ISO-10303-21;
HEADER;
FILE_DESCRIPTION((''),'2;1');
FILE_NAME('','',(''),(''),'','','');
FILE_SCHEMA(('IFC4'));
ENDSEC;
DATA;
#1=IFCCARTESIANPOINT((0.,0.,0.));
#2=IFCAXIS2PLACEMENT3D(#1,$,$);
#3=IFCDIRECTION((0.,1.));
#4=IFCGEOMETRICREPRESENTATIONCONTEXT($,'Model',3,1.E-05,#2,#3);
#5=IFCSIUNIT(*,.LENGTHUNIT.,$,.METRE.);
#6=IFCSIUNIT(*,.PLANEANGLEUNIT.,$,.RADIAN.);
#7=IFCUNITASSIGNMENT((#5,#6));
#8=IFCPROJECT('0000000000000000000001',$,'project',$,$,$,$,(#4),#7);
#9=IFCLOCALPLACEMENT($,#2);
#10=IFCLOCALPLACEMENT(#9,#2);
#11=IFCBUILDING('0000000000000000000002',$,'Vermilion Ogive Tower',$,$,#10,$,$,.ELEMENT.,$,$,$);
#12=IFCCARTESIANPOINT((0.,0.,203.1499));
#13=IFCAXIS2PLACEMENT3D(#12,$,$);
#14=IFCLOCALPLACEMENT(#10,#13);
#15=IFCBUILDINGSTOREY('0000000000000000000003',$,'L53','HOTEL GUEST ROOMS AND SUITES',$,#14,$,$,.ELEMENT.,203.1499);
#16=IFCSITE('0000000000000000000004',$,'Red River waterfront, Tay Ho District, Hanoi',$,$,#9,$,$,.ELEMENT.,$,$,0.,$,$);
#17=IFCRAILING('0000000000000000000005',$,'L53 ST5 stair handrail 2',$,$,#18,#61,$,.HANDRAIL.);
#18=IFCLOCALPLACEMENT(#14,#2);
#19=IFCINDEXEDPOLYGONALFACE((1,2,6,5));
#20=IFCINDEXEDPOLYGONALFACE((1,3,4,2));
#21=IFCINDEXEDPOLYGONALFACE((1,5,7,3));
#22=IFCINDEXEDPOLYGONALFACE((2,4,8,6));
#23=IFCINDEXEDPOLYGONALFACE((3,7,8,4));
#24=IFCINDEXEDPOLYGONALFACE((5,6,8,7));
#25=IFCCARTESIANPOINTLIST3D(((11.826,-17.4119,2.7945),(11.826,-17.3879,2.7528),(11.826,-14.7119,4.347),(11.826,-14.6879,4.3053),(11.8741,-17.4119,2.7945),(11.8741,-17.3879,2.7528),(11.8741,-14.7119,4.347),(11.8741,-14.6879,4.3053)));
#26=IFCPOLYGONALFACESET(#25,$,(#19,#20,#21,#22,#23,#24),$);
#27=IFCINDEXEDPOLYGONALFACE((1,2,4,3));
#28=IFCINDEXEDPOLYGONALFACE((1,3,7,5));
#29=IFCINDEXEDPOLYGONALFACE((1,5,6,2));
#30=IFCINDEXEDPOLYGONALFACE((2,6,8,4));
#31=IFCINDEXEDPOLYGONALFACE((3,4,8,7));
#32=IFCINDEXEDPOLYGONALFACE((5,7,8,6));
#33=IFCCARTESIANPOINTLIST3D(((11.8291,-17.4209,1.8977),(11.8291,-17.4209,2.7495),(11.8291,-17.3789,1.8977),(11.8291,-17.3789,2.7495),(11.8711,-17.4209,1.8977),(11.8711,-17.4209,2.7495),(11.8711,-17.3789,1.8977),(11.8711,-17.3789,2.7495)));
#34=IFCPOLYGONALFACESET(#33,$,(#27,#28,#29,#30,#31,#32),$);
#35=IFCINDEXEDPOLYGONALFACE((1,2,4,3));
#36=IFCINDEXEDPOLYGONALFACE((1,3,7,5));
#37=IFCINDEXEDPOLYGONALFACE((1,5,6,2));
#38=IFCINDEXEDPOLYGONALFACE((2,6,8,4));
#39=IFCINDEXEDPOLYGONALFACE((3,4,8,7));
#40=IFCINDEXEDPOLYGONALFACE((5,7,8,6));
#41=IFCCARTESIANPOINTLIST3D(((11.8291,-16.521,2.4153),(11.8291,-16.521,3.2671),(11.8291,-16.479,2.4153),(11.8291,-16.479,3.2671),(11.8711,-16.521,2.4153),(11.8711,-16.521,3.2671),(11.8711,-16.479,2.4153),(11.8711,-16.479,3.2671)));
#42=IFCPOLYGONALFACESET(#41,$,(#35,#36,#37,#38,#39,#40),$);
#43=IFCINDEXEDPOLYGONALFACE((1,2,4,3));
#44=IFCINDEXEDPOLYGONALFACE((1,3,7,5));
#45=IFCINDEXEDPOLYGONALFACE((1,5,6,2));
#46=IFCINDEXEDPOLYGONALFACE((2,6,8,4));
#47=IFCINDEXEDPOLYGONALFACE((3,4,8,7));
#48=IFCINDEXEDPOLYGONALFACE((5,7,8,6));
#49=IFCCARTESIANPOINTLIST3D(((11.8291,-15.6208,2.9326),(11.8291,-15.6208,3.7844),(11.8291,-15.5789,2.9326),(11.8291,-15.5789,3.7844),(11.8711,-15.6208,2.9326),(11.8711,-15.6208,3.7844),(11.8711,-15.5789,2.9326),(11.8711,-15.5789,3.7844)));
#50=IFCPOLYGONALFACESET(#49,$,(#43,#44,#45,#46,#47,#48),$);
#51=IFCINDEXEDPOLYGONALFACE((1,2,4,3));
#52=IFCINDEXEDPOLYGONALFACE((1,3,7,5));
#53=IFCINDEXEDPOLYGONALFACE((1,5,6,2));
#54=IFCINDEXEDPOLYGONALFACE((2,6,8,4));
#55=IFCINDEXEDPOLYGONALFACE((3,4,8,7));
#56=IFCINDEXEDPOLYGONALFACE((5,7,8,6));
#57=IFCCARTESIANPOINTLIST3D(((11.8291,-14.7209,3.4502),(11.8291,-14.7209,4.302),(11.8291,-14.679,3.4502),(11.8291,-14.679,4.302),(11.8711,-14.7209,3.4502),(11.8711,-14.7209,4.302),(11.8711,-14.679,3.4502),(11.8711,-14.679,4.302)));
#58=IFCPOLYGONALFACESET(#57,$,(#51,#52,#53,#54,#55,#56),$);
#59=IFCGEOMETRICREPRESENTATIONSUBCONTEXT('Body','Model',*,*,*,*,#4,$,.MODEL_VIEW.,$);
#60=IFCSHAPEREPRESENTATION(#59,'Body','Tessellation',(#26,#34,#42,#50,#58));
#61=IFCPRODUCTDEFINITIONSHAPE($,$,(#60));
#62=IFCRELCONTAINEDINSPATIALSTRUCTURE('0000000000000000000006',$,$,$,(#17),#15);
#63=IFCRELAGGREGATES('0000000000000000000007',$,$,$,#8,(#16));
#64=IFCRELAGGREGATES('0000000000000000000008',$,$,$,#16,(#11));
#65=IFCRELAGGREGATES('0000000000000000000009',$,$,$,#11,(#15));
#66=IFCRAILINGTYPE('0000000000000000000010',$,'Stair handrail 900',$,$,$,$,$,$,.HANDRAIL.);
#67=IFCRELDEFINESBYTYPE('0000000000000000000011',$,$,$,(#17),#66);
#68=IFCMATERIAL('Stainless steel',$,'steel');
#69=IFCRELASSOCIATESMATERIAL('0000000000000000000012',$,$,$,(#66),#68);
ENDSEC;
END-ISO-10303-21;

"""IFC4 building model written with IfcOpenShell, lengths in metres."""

from ifc_helpers import new_model, si_unit, direction, frame, origin, origin_2d, place, context, subcontext, project, spatial, rectangle, extrude, material, type_object, element, save


model = new_model("IFC4")

# Units and contexts
model_context = context("Model", 3, precision=1e-05, world=origin(), true_north=direction((0.0, 1.0)))
body_context = subcontext(model_context, "Body", "Model", "MODEL_VIEW")
ifc_project = project(units=[si_unit("LENGTHUNIT", "METRE"), si_unit("PLANEANGLEUNIT", "RADIAN")], contexts=[model_context])

# Site, building, storey
site_placement = place(None, origin())
site = spatial("IfcSite", under=ifc_project, at=site_placement, Name="Red River waterfront, Tay Ho District, Hanoi", CompositionType="ELEMENT", RefElevation=0.0)
building_placement = place(site_placement, origin())
building = spatial("IfcBuilding", under=site, at=building_placement, Name="Vermilion Ogive Tower", CompositionType="ELEMENT")
storey_placement = place(building_placement, frame((0.0, 0.0, 203.1499)))
storey = spatial("IfcBuildingStorey", under=building, at=storey_placement, Name="L53", Description="HOTEL GUEST ROOMS AND SUITES", CompositionType="ELEMENT", Elevation=203.1499)

# Railing
ifc_material_1 = material(Name="Stainless steel", Category="steel")
railing_type_1 = type_object("IfcRailingType", Name="Stair handrail 900", PredefinedType="HANDRAIL", material=ifc_material_1)
railing_1_placement = place(storey_placement, frame((11.8501, -17.3999, 1.8977)))
element("IfcRailing", 1, at=railing_1_placement, inside=storey, type_object=railing_type_1, Name="L53 ST5 stair handrail 2", PredefinedType="HANDRAIL", context=body_context, shape_type="SweptSolid", body=[
    extrude(rectangle(XDim=0.0481, YDim=0.0481, at=origin_2d()), frame((0.0, 0.0, 0.876), z_axis=(0.0, 0.866904, 0.498476), x_axis=(-1.0, 0.0, 0.0)), (0.0, 0.0, 1.0), 3.1145),
    extrude(rectangle(XDim=0.042, YDim=0.042, at=origin_2d()), origin(), (0.0, 0.0, 1.0), 0.8518),
    extrude(rectangle(XDim=0.042, YDim=0.042, at=origin_2d()), frame((0.0, 0.8999, 0.5176)), (0.0, 0.0, 1.0), 0.8518),
    extrude(rectangle(XDim=0.042, YDim=0.042, at=origin_2d()), frame((0.0, 1.8, 1.0349)), (0.0, 0.0, 1.0), 0.8518),
    extrude(rectangle(XDim=0.042, YDim=0.042, at=origin_2d()), frame((0.0, 2.7, 1.5525)), (0.0, 0.0, 1.0), 0.8518),
])

save(model, "model.ifc")
